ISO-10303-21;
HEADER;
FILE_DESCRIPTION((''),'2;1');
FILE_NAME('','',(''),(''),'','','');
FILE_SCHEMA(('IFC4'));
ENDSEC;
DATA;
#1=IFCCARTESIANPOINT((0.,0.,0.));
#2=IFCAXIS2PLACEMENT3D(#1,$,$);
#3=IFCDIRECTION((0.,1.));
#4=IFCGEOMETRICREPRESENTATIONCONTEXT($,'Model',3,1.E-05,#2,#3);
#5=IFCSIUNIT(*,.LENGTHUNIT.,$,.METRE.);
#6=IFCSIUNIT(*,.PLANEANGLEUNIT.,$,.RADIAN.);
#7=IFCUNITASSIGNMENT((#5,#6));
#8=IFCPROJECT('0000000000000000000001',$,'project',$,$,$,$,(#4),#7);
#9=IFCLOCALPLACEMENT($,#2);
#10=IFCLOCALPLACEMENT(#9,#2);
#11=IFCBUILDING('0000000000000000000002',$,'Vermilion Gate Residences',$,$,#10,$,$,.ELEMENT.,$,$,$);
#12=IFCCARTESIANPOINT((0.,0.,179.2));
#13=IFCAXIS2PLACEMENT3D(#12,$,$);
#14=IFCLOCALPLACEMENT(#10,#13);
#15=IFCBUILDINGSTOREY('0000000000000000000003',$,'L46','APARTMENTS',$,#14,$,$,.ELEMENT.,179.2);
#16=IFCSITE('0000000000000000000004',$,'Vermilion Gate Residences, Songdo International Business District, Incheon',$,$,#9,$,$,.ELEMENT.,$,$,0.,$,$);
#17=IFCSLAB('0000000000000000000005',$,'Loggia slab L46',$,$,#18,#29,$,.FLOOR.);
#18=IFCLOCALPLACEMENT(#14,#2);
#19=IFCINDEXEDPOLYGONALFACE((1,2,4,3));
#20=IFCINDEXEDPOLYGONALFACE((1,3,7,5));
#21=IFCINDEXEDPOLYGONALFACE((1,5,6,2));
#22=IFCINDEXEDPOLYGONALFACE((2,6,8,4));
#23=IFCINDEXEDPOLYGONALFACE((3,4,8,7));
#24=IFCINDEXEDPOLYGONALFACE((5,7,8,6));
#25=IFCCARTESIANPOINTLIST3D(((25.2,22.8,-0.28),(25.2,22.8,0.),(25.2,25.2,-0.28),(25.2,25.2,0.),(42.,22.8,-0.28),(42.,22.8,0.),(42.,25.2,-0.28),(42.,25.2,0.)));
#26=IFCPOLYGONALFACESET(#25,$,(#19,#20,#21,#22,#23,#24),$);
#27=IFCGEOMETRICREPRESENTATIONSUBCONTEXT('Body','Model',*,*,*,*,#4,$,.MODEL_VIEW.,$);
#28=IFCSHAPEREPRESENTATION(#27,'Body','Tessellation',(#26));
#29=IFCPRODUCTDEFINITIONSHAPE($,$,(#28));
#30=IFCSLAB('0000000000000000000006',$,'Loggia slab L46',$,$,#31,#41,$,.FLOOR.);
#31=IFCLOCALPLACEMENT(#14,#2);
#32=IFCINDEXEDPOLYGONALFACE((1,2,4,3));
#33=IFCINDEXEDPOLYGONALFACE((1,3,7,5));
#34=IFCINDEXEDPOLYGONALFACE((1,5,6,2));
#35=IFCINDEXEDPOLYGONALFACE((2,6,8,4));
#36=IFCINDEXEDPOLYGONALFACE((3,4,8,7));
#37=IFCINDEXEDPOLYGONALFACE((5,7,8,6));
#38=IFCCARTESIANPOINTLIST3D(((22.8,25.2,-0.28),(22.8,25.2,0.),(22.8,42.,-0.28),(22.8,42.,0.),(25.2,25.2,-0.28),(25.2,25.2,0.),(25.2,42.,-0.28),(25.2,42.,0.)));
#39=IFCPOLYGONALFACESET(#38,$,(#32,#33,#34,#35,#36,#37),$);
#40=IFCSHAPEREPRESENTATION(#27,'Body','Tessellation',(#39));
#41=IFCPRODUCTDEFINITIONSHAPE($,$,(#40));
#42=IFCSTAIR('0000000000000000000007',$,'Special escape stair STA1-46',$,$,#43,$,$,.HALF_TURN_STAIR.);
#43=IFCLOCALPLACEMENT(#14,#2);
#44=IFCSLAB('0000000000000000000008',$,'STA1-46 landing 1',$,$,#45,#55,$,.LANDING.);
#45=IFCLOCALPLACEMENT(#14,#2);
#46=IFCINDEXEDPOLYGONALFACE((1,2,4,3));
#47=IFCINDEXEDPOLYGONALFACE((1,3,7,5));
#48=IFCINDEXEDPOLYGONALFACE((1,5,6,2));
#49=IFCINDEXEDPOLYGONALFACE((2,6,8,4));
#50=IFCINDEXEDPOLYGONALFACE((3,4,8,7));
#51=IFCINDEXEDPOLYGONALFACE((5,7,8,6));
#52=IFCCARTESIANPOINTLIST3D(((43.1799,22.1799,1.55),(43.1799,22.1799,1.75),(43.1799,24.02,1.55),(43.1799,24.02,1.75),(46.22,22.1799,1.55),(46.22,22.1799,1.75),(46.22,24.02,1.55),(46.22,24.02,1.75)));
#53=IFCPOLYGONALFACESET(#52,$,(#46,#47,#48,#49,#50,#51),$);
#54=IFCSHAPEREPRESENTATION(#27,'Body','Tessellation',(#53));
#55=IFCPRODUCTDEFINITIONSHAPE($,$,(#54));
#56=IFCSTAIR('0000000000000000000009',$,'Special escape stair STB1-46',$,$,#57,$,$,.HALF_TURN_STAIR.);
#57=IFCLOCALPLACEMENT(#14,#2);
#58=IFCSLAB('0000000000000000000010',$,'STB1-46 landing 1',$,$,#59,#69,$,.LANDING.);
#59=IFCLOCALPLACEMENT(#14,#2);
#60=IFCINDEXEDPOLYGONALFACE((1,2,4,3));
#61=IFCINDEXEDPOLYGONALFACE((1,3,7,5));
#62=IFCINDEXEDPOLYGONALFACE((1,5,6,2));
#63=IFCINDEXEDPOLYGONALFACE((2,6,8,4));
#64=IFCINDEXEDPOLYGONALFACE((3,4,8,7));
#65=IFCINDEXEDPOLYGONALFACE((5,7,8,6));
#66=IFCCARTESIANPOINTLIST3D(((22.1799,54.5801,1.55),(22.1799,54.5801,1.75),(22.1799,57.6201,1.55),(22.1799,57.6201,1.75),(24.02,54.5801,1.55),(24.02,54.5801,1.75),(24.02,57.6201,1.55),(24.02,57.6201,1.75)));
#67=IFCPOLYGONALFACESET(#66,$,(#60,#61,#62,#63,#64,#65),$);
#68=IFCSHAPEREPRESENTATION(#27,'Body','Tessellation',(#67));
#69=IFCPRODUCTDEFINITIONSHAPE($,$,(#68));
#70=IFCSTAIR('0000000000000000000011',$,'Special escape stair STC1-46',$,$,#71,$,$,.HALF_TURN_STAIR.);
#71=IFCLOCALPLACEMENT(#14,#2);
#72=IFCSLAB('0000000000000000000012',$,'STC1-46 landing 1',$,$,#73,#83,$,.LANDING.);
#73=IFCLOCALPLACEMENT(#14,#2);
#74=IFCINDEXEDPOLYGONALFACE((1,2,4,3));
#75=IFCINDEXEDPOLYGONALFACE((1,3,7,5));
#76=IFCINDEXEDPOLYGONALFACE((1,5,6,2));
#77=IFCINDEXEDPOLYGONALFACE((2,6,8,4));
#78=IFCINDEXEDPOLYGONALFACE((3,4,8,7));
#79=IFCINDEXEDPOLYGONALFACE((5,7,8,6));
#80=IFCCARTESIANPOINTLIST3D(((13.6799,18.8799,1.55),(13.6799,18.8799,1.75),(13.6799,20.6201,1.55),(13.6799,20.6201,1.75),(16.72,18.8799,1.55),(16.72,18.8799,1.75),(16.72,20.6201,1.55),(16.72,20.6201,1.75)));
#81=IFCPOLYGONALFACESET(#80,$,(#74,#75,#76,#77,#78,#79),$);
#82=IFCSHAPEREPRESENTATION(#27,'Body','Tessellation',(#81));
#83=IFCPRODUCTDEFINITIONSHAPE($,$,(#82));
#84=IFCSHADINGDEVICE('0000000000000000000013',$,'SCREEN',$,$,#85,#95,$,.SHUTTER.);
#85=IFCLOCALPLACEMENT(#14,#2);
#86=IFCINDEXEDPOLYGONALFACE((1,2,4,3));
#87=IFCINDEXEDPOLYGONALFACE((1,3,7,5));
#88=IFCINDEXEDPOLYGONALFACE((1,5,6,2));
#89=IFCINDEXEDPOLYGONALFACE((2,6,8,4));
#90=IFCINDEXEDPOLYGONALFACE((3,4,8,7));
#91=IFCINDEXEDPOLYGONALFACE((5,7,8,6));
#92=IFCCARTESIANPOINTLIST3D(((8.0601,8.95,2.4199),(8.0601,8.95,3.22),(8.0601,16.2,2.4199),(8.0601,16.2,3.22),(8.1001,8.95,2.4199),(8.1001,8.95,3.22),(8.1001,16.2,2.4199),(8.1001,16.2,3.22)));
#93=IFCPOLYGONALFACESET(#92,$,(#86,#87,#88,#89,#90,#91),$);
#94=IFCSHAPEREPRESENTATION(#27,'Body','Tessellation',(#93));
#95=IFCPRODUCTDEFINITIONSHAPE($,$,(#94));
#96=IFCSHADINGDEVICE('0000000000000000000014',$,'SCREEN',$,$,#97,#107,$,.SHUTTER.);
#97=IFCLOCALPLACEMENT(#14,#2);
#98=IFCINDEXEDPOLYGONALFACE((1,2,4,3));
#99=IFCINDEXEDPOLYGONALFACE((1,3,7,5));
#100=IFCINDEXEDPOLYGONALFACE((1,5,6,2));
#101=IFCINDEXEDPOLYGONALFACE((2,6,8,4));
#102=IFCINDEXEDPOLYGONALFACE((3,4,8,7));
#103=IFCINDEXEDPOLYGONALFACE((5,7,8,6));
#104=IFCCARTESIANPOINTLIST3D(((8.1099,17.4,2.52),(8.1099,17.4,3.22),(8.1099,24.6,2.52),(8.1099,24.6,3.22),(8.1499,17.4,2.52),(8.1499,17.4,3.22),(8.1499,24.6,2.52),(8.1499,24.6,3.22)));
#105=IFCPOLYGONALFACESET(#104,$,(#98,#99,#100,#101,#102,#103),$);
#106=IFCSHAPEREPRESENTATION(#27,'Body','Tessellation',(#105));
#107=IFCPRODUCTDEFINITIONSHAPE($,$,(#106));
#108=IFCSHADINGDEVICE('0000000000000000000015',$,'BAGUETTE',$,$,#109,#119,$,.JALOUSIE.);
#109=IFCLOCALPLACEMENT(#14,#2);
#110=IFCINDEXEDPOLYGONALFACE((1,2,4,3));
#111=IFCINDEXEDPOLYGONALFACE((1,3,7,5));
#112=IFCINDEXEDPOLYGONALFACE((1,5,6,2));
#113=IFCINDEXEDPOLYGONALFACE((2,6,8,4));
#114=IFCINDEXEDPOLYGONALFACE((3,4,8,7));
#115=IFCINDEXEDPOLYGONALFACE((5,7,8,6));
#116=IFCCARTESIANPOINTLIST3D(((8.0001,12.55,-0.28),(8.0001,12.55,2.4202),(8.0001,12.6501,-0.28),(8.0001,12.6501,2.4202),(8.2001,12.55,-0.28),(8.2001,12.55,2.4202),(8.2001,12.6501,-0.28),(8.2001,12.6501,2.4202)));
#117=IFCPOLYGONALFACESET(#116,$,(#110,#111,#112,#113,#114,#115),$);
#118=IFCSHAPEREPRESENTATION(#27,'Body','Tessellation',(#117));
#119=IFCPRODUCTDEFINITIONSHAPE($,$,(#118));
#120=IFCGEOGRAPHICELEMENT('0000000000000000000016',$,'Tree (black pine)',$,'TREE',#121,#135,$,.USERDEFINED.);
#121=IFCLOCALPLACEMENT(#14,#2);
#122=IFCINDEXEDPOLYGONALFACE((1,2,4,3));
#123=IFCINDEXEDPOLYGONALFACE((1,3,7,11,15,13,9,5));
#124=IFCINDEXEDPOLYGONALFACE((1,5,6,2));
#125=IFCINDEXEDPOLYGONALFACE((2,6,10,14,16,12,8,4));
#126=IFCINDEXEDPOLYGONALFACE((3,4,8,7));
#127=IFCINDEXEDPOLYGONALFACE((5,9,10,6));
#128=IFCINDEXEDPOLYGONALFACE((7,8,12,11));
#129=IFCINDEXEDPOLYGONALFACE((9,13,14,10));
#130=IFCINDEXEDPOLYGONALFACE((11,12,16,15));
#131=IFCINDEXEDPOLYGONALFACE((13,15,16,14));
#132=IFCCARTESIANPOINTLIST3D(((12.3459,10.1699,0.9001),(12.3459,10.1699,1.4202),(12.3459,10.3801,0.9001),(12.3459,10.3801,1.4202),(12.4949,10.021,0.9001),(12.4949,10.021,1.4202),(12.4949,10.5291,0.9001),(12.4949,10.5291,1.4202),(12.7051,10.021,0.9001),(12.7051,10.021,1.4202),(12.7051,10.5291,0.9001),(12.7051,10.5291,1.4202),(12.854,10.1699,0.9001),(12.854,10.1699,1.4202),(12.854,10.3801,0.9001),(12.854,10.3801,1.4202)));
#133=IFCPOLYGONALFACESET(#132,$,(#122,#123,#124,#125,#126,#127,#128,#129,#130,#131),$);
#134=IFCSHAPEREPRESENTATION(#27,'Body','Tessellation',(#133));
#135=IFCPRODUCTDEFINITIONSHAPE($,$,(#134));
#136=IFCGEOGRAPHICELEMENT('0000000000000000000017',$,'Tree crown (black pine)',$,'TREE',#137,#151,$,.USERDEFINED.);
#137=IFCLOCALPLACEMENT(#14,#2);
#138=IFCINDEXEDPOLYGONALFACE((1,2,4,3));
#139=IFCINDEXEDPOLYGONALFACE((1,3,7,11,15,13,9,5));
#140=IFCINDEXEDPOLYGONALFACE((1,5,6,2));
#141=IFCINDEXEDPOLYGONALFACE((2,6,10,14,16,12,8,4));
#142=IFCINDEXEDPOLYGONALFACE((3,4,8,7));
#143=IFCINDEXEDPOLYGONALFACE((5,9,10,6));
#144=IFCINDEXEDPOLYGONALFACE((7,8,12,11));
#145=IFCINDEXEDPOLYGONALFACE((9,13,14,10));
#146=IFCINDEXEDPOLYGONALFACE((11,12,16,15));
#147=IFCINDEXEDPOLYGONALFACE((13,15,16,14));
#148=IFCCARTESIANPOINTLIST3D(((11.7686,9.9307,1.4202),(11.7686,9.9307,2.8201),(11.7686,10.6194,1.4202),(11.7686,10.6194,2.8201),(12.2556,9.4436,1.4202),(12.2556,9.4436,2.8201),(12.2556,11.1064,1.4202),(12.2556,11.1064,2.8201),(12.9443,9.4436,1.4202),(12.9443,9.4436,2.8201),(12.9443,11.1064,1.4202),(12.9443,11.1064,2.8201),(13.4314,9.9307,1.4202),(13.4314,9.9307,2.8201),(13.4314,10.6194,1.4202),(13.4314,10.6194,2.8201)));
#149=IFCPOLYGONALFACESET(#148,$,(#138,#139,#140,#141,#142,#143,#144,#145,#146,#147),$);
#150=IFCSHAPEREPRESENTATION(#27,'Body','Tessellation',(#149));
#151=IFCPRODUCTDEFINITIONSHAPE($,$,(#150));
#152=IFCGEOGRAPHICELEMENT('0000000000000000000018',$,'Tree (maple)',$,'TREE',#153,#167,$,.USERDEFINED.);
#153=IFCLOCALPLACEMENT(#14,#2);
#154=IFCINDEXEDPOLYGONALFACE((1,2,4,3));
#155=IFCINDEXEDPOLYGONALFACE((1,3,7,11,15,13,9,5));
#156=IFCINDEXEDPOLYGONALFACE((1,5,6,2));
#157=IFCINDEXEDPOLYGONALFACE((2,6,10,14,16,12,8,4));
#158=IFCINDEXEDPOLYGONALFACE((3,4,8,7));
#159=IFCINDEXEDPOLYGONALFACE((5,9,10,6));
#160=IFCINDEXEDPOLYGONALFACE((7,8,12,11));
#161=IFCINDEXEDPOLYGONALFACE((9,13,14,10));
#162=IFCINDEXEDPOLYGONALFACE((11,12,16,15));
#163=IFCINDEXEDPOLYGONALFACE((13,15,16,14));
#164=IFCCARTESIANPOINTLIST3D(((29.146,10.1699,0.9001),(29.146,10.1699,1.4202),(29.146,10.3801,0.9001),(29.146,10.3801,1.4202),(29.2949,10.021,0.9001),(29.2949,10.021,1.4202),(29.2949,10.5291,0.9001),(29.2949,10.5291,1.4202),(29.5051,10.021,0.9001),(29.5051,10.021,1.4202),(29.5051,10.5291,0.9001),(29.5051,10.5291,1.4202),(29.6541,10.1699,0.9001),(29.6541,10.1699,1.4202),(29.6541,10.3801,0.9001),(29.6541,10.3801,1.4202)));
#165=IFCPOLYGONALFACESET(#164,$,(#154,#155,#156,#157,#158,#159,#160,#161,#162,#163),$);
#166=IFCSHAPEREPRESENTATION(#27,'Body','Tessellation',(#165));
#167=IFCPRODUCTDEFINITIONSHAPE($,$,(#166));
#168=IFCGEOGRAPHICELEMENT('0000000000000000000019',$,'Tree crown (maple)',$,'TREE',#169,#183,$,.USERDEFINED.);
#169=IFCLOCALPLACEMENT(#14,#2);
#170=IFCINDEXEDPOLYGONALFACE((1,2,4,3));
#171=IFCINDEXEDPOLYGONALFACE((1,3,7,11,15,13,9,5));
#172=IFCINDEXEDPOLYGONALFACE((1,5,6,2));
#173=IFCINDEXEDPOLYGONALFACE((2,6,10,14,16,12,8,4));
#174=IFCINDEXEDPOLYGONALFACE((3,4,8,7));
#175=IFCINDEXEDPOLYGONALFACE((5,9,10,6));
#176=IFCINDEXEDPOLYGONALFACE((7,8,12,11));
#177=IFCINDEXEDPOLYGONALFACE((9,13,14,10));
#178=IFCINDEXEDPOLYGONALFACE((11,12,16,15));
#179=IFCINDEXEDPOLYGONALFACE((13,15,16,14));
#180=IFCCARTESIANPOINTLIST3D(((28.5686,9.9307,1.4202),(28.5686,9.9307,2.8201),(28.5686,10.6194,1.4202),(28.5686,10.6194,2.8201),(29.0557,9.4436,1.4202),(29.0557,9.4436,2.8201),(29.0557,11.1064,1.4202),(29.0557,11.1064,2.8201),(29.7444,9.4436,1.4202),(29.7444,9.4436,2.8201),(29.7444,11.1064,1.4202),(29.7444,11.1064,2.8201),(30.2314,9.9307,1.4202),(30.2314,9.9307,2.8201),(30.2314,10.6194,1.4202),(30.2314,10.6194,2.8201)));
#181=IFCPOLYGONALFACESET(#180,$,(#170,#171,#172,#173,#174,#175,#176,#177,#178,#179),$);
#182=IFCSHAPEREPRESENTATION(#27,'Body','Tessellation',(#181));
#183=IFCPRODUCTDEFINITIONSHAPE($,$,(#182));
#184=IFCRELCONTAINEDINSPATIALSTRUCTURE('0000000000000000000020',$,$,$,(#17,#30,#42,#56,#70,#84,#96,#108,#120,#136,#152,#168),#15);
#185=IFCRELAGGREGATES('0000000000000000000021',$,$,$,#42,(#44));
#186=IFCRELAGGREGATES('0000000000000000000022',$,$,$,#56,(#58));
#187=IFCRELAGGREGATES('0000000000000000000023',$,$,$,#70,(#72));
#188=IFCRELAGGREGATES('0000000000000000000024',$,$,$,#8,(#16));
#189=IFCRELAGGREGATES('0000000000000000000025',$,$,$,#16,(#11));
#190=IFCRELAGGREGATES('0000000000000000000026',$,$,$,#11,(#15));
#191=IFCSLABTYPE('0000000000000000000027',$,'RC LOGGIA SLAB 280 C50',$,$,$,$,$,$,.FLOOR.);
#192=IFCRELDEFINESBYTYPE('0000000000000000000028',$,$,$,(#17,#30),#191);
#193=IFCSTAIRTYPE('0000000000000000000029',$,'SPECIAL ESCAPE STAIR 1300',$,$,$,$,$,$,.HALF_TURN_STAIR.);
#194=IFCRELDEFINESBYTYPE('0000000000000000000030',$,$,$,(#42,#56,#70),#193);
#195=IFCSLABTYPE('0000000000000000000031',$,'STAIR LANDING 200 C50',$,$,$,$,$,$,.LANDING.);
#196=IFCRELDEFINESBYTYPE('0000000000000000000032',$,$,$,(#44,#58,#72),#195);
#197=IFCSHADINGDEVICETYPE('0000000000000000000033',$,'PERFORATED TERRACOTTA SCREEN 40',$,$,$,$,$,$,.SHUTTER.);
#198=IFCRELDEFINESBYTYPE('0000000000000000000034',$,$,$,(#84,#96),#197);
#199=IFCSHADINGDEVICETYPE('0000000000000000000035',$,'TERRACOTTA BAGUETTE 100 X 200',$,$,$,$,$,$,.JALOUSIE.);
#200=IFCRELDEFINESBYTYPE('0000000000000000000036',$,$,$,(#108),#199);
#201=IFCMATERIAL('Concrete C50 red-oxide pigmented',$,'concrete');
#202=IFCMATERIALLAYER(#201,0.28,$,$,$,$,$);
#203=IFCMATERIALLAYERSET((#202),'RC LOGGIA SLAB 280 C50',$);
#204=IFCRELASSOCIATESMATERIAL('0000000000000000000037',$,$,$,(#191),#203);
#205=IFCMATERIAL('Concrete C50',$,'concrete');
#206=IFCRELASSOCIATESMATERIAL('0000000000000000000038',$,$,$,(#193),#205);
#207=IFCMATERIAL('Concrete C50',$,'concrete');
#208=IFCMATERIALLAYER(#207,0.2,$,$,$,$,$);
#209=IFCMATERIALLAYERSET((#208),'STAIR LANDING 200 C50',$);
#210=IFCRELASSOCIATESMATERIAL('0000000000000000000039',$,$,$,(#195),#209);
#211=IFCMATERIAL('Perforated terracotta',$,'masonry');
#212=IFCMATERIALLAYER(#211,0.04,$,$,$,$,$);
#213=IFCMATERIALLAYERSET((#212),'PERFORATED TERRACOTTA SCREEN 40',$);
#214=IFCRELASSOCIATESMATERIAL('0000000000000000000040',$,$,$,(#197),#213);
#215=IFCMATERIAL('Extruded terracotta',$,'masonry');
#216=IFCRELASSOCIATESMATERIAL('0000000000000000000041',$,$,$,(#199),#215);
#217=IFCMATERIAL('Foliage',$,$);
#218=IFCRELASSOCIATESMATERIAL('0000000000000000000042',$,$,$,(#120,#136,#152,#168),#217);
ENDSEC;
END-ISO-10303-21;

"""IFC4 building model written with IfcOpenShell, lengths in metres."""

from ifc_helpers import new_model, si_unit, direction, frame, origin, origin_2d, place, context, subcontext, project, spatial, polyline, rectangle, outline, extrude, material, layer, layer_set, material_profile, profile_set, type_object, element, aggregate, save


model = new_model("IFC4")

# Units and contexts
model_context = context("Model", 3, precision=1e-05, world=origin(), true_north=direction((0.0, 1.0)))
body_context = subcontext(model_context, "Body", "Model", "MODEL_VIEW")
ifc_project = project(units=[si_unit("LENGTHUNIT", "METRE"), si_unit("PLANEANGLEUNIT", "RADIAN")], contexts=[model_context])

# Site, building, storey
site_placement = place(None, origin())
site = spatial("IfcSite", under=ifc_project, at=site_placement, Name="Vermilion Gate Residences, Songdo International Business District, Incheon", CompositionType="ELEMENT", RefElevation=0.0)
building_placement = place(site_placement, origin())
building = spatial("IfcBuilding", under=site, at=building_placement, Name="Vermilion Gate Residences", CompositionType="ELEMENT")
storey_placement = place(building_placement, frame((0.0, 0.0, 179.2)))
storey = spatial("IfcBuildingStorey", under=building, at=storey_placement, Name="L46", Description="APARTMENTS", CompositionType="ELEMENT", Elevation=179.2)

# Slabs
ifc_material_1 = material(Name="Concrete C50 red-oxide pigmented", Category="concrete")
ifc_layer_1 = layer(ifc_material_1, 0.28)
ifc_layer_set_1 = layer_set([ifc_layer_1], Name="RC LOGGIA SLAB 280 C50")
slab_type_1 = type_object("IfcSlabType", Name="RC LOGGIA SLAB 280 C50", PredefinedType="FLOOR", material=ifc_layer_set_1)
slab_1_placement = place(storey_placement, frame((0.0, 0.0, -0.28)))
element("IfcSlab", 1, at=slab_1_placement, inside=storey, type_object=slab_type_1, Name="Loggia slab L46", PredefinedType="FLOOR", context=body_context, shape_type="SweptSolid", body=[
    extrude(outline(polyline([(42.0, 25.2), (25.2, 25.2), (25.2, 22.8), (42.0, 22.8), (42.0, 25.2)])), origin(), (0.0, 0.0, 1.0), 0.28),
])
slab_2_placement = place(storey_placement, frame((0.0, 0.0, -0.28)))
element("IfcSlab", 2, at=slab_2_placement, inside=storey, type_object=slab_type_1, Name="Loggia slab L46", PredefinedType="FLOOR", context=body_context, shape_type="SweptSolid", body=[
    extrude(outline(polyline([(22.8, 42.0), (22.8, 25.2), (25.2, 25.2), (25.2, 42.0), (22.8, 42.0)])), origin(), (0.0, 0.0, 1.0), 0.28),
])

# Stairs, slabs
ifc_material_2 = material(Name="Concrete C50", Category="concrete")
stair_type = type_object("IfcStairType", Name="SPECIAL ESCAPE STAIR 1300", PredefinedType="HALF_TURN_STAIR", material=ifc_material_2)
stair_1_placement = place(storey_placement, origin())
stair_1 = element("IfcStair", 3, at=stair_1_placement, inside=storey, type_object=stair_type, Name="Special escape stair STA1-46", PredefinedType="HALF_TURN_STAIR")
ifc_material_3 = material(Name="Concrete C50", Category="concrete")
ifc_layer_2 = layer(ifc_material_3, 0.2)
ifc_layer_set_2 = layer_set([ifc_layer_2], Name="STAIR LANDING 200 C50")
slab_type_2 = type_object("IfcSlabType", Name="STAIR LANDING 200 C50", PredefinedType="LANDING", material=ifc_layer_set_2)
slab_3_placement = place(storey_placement, frame((0.0, 0.0, 1.55)))
slab_3 = element("IfcSlab", 4, at=slab_3_placement, type_object=slab_type_2, Name="STA1-46 landing 1", PredefinedType="LANDING", context=body_context, shape_type="SweptSolid", body=[
    extrude(outline(polyline([(46.22, 22.1799), (46.22, 24.02), (43.1799, 24.02), (43.1799, 22.1799), (46.22, 22.1799)])), origin(), (0.0, 0.0, 1.0), 0.2),
])
aggregate(stair_1, [slab_3])
stair_2_placement = place(storey_placement, origin())
stair_2 = element("IfcStair", 5, at=stair_2_placement, inside=storey, type_object=stair_type, Name="Special escape stair STB1-46", PredefinedType="HALF_TURN_STAIR")
slab_4_placement = place(storey_placement, frame((0.0, 0.0, 1.55)))
slab_4 = element("IfcSlab", 6, at=slab_4_placement, type_object=slab_type_2, Name="STB1-46 landing 1", PredefinedType="LANDING", context=body_context, shape_type="SweptSolid", body=[
    extrude(outline(polyline([(24.02, 54.5801), (24.02, 57.6201), (22.1799, 57.6201), (22.1799, 54.5801), (24.02, 54.5801)])), origin(), (0.0, 0.0, 1.0), 0.2),
])
aggregate(stair_2, [slab_4])
stair_3_placement = place(storey_placement, origin())
stair_3 = element("IfcStair", 7, at=stair_3_placement, inside=storey, type_object=stair_type, Name="Special escape stair STC1-46", PredefinedType="HALF_TURN_STAIR")
slab_5_placement = place(storey_placement, frame((0.0, 0.0, 1.55)))
slab_5 = element("IfcSlab", 8, at=slab_5_placement, type_object=slab_type_2, Name="STC1-46 landing 1", PredefinedType="LANDING", context=body_context, shape_type="SweptSolid", body=[
    extrude(outline(polyline([(16.72, 18.8799), (16.72, 20.6201), (13.6799, 20.6201), (13.6799, 18.8799), (16.72, 18.8799)])), origin(), (0.0, 0.0, 1.0), 0.2),
])
aggregate(stair_3, [slab_5])

# Shading devices
ifc_material_4 = material(Name="Perforated terracotta", Category="masonry")
ifc_layer_3 = layer(ifc_material_4, 0.04)
ifc_layer_set_3 = layer_set([ifc_layer_3], Name="PERFORATED TERRACOTTA SCREEN 40")
shading_device_type_1 = type_object("IfcShadingDeviceType", Name="PERFORATED TERRACOTTA SCREEN 40", PredefinedType="SHUTTER", material=ifc_layer_set_3)
shading_device_1_placement = place(storey_placement, frame((8.0801, 12.575, 2.4199), z_axis=(0.0, 0.0, 1.0), x_axis=(0.0, -1.0, 0.0)))
element("IfcShadingDevice", 9, at=shading_device_1_placement, inside=storey, type_object=shading_device_type_1, Name="SCREEN", PredefinedType="SHUTTER", context=body_context, shape_type="SweptSolid", body=[
    extrude(rectangle(XDim=7.25, YDim=0.04, at=origin_2d()), origin(), (0.0, 0.0, 1.0), 0.8),
])
shading_device_2_placement = place(storey_placement, frame((8.1299, 21.0, 2.52), z_axis=(0.0, 0.0, 1.0), x_axis=(0.0, -1.0, 0.0)))
element("IfcShadingDevice", 10, at=shading_device_2_placement, inside=storey, type_object=shading_device_type_1, Name="SCREEN", PredefinedType="SHUTTER", context=body_context, shape_type="SweptSolid", body=[
    extrude(rectangle(XDim=7.2, YDim=0.04, at=origin_2d()), origin(), (0.0, 0.0, 1.0), 0.7),
])
ifc_material_5 = material(Name="Extruded terracotta", Category="masonry")
ifc_material_profile = material_profile(ifc_material_5, rectangle(XDim=0.2, YDim=0.1001, at=origin_2d()), Name="BAGUETTE 100 X 200")
ifc_profile_set = profile_set([ifc_material_profile], Name="Extruded terracotta")
shading_device_type_2 = type_object("IfcShadingDeviceType", Name="TERRACOTTA BAGUETTE 100 X 200", PredefinedType="JALOUSIE", material=ifc_profile_set)
shading_device_3_placement = place(storey_placement, frame((8.1001, 12.6001, -0.28), z_axis=(0.0, 0.0, 1.0), x_axis=(1.0, 0.0, 0.0)))
element("IfcShadingDevice", 11, at=shading_device_3_placement, inside=storey, type_object=shading_device_type_2, Name="BAGUETTE", PredefinedType="JALOUSIE", context=body_context, shape_type="SweptSolid", body=[
    extrude(rectangle(XDim=0.2, YDim=0.1001, at=origin_2d()), origin(), (0.0, 0.0, 1.0), 2.7002),
])

# Geographic elements
ifc_material_6 = material(Name="Foliage")
geographic_element_1_placement = place(storey_placement, frame((0.0, 0.0, 0.9001)))
element("IfcGeographicElement", 12, at=geographic_element_1_placement, inside=storey, material=ifc_material_6, Name="Tree (black pine)", ObjectType="TREE", PredefinedType="USERDEFINED", context=body_context, shape_type="SweptSolid", body=[
    extrude(outline(polyline([(12.854, 10.3801), (12.7051, 10.5291), (12.4949, 10.5291), (12.3459, 10.3801), (12.3459, 10.1699), (12.4949, 10.021), (12.7051, 10.021), (12.854, 10.1699), (12.854, 10.3801)])), origin(), (0.0, 0.0, 1.0), 0.52),
])
geographic_element_2_placement = place(storey_placement, frame((0.0, 0.0, 1.4202)))
element("IfcGeographicElement", 13, at=geographic_element_2_placement, inside=storey, material=ifc_material_6, Name="Tree crown (black pine)", ObjectType="TREE", PredefinedType="USERDEFINED", context=body_context, shape_type="SweptSolid", body=[
    extrude(outline(polyline([(13.4314, 10.6194), (12.9443, 11.1064), (12.2556, 11.1064), (11.7686, 10.6194), (11.7686, 9.9307), (12.2556, 9.4436), (12.9443, 9.4436), (13.4314, 9.9307), (13.4314, 10.6194)])), origin(), (0.0, 0.0, 1.0), 1.3999),
])
geographic_element_3_placement = place(storey_placement, frame((0.0, 0.0, 0.9001)))
element("IfcGeographicElement", 14, at=geographic_element_3_placement, inside=storey, material=ifc_material_6, Name="Tree (maple)", ObjectType="TREE", PredefinedType="USERDEFINED", context=body_context, shape_type="SweptSolid", body=[
    extrude(outline(polyline([(29.6541, 10.3801), (29.5051, 10.5291), (29.2949, 10.5291), (29.146, 10.3801), (29.146, 10.1699), (29.2949, 10.021), (29.5051, 10.021), (29.6541, 10.1699), (29.6541, 10.3801)])), origin(), (0.0, 0.0, 1.0), 0.52),
])
geographic_element_4_placement = place(storey_placement, frame((0.0, 0.0, 1.4202)))
element("IfcGeographicElement", 15, at=geographic_element_4_placement, inside=storey, material=ifc_material_6, Name="Tree crown (maple)", ObjectType="TREE", PredefinedType="USERDEFINED", context=body_context, shape_type="SweptSolid", body=[
    extrude(outline(polyline([(30.2314, 10.6194), (29.7444, 11.1064), (29.0557, 11.1064), (28.5686, 10.6194), (28.5686, 9.9307), (29.0557, 9.4436), (29.7444, 9.4436), (30.2314, 9.9307), (30.2314, 10.6194)])), origin(), (0.0, 0.0, 1.0), 1.3999),
])

save(model, "model.ifc")
